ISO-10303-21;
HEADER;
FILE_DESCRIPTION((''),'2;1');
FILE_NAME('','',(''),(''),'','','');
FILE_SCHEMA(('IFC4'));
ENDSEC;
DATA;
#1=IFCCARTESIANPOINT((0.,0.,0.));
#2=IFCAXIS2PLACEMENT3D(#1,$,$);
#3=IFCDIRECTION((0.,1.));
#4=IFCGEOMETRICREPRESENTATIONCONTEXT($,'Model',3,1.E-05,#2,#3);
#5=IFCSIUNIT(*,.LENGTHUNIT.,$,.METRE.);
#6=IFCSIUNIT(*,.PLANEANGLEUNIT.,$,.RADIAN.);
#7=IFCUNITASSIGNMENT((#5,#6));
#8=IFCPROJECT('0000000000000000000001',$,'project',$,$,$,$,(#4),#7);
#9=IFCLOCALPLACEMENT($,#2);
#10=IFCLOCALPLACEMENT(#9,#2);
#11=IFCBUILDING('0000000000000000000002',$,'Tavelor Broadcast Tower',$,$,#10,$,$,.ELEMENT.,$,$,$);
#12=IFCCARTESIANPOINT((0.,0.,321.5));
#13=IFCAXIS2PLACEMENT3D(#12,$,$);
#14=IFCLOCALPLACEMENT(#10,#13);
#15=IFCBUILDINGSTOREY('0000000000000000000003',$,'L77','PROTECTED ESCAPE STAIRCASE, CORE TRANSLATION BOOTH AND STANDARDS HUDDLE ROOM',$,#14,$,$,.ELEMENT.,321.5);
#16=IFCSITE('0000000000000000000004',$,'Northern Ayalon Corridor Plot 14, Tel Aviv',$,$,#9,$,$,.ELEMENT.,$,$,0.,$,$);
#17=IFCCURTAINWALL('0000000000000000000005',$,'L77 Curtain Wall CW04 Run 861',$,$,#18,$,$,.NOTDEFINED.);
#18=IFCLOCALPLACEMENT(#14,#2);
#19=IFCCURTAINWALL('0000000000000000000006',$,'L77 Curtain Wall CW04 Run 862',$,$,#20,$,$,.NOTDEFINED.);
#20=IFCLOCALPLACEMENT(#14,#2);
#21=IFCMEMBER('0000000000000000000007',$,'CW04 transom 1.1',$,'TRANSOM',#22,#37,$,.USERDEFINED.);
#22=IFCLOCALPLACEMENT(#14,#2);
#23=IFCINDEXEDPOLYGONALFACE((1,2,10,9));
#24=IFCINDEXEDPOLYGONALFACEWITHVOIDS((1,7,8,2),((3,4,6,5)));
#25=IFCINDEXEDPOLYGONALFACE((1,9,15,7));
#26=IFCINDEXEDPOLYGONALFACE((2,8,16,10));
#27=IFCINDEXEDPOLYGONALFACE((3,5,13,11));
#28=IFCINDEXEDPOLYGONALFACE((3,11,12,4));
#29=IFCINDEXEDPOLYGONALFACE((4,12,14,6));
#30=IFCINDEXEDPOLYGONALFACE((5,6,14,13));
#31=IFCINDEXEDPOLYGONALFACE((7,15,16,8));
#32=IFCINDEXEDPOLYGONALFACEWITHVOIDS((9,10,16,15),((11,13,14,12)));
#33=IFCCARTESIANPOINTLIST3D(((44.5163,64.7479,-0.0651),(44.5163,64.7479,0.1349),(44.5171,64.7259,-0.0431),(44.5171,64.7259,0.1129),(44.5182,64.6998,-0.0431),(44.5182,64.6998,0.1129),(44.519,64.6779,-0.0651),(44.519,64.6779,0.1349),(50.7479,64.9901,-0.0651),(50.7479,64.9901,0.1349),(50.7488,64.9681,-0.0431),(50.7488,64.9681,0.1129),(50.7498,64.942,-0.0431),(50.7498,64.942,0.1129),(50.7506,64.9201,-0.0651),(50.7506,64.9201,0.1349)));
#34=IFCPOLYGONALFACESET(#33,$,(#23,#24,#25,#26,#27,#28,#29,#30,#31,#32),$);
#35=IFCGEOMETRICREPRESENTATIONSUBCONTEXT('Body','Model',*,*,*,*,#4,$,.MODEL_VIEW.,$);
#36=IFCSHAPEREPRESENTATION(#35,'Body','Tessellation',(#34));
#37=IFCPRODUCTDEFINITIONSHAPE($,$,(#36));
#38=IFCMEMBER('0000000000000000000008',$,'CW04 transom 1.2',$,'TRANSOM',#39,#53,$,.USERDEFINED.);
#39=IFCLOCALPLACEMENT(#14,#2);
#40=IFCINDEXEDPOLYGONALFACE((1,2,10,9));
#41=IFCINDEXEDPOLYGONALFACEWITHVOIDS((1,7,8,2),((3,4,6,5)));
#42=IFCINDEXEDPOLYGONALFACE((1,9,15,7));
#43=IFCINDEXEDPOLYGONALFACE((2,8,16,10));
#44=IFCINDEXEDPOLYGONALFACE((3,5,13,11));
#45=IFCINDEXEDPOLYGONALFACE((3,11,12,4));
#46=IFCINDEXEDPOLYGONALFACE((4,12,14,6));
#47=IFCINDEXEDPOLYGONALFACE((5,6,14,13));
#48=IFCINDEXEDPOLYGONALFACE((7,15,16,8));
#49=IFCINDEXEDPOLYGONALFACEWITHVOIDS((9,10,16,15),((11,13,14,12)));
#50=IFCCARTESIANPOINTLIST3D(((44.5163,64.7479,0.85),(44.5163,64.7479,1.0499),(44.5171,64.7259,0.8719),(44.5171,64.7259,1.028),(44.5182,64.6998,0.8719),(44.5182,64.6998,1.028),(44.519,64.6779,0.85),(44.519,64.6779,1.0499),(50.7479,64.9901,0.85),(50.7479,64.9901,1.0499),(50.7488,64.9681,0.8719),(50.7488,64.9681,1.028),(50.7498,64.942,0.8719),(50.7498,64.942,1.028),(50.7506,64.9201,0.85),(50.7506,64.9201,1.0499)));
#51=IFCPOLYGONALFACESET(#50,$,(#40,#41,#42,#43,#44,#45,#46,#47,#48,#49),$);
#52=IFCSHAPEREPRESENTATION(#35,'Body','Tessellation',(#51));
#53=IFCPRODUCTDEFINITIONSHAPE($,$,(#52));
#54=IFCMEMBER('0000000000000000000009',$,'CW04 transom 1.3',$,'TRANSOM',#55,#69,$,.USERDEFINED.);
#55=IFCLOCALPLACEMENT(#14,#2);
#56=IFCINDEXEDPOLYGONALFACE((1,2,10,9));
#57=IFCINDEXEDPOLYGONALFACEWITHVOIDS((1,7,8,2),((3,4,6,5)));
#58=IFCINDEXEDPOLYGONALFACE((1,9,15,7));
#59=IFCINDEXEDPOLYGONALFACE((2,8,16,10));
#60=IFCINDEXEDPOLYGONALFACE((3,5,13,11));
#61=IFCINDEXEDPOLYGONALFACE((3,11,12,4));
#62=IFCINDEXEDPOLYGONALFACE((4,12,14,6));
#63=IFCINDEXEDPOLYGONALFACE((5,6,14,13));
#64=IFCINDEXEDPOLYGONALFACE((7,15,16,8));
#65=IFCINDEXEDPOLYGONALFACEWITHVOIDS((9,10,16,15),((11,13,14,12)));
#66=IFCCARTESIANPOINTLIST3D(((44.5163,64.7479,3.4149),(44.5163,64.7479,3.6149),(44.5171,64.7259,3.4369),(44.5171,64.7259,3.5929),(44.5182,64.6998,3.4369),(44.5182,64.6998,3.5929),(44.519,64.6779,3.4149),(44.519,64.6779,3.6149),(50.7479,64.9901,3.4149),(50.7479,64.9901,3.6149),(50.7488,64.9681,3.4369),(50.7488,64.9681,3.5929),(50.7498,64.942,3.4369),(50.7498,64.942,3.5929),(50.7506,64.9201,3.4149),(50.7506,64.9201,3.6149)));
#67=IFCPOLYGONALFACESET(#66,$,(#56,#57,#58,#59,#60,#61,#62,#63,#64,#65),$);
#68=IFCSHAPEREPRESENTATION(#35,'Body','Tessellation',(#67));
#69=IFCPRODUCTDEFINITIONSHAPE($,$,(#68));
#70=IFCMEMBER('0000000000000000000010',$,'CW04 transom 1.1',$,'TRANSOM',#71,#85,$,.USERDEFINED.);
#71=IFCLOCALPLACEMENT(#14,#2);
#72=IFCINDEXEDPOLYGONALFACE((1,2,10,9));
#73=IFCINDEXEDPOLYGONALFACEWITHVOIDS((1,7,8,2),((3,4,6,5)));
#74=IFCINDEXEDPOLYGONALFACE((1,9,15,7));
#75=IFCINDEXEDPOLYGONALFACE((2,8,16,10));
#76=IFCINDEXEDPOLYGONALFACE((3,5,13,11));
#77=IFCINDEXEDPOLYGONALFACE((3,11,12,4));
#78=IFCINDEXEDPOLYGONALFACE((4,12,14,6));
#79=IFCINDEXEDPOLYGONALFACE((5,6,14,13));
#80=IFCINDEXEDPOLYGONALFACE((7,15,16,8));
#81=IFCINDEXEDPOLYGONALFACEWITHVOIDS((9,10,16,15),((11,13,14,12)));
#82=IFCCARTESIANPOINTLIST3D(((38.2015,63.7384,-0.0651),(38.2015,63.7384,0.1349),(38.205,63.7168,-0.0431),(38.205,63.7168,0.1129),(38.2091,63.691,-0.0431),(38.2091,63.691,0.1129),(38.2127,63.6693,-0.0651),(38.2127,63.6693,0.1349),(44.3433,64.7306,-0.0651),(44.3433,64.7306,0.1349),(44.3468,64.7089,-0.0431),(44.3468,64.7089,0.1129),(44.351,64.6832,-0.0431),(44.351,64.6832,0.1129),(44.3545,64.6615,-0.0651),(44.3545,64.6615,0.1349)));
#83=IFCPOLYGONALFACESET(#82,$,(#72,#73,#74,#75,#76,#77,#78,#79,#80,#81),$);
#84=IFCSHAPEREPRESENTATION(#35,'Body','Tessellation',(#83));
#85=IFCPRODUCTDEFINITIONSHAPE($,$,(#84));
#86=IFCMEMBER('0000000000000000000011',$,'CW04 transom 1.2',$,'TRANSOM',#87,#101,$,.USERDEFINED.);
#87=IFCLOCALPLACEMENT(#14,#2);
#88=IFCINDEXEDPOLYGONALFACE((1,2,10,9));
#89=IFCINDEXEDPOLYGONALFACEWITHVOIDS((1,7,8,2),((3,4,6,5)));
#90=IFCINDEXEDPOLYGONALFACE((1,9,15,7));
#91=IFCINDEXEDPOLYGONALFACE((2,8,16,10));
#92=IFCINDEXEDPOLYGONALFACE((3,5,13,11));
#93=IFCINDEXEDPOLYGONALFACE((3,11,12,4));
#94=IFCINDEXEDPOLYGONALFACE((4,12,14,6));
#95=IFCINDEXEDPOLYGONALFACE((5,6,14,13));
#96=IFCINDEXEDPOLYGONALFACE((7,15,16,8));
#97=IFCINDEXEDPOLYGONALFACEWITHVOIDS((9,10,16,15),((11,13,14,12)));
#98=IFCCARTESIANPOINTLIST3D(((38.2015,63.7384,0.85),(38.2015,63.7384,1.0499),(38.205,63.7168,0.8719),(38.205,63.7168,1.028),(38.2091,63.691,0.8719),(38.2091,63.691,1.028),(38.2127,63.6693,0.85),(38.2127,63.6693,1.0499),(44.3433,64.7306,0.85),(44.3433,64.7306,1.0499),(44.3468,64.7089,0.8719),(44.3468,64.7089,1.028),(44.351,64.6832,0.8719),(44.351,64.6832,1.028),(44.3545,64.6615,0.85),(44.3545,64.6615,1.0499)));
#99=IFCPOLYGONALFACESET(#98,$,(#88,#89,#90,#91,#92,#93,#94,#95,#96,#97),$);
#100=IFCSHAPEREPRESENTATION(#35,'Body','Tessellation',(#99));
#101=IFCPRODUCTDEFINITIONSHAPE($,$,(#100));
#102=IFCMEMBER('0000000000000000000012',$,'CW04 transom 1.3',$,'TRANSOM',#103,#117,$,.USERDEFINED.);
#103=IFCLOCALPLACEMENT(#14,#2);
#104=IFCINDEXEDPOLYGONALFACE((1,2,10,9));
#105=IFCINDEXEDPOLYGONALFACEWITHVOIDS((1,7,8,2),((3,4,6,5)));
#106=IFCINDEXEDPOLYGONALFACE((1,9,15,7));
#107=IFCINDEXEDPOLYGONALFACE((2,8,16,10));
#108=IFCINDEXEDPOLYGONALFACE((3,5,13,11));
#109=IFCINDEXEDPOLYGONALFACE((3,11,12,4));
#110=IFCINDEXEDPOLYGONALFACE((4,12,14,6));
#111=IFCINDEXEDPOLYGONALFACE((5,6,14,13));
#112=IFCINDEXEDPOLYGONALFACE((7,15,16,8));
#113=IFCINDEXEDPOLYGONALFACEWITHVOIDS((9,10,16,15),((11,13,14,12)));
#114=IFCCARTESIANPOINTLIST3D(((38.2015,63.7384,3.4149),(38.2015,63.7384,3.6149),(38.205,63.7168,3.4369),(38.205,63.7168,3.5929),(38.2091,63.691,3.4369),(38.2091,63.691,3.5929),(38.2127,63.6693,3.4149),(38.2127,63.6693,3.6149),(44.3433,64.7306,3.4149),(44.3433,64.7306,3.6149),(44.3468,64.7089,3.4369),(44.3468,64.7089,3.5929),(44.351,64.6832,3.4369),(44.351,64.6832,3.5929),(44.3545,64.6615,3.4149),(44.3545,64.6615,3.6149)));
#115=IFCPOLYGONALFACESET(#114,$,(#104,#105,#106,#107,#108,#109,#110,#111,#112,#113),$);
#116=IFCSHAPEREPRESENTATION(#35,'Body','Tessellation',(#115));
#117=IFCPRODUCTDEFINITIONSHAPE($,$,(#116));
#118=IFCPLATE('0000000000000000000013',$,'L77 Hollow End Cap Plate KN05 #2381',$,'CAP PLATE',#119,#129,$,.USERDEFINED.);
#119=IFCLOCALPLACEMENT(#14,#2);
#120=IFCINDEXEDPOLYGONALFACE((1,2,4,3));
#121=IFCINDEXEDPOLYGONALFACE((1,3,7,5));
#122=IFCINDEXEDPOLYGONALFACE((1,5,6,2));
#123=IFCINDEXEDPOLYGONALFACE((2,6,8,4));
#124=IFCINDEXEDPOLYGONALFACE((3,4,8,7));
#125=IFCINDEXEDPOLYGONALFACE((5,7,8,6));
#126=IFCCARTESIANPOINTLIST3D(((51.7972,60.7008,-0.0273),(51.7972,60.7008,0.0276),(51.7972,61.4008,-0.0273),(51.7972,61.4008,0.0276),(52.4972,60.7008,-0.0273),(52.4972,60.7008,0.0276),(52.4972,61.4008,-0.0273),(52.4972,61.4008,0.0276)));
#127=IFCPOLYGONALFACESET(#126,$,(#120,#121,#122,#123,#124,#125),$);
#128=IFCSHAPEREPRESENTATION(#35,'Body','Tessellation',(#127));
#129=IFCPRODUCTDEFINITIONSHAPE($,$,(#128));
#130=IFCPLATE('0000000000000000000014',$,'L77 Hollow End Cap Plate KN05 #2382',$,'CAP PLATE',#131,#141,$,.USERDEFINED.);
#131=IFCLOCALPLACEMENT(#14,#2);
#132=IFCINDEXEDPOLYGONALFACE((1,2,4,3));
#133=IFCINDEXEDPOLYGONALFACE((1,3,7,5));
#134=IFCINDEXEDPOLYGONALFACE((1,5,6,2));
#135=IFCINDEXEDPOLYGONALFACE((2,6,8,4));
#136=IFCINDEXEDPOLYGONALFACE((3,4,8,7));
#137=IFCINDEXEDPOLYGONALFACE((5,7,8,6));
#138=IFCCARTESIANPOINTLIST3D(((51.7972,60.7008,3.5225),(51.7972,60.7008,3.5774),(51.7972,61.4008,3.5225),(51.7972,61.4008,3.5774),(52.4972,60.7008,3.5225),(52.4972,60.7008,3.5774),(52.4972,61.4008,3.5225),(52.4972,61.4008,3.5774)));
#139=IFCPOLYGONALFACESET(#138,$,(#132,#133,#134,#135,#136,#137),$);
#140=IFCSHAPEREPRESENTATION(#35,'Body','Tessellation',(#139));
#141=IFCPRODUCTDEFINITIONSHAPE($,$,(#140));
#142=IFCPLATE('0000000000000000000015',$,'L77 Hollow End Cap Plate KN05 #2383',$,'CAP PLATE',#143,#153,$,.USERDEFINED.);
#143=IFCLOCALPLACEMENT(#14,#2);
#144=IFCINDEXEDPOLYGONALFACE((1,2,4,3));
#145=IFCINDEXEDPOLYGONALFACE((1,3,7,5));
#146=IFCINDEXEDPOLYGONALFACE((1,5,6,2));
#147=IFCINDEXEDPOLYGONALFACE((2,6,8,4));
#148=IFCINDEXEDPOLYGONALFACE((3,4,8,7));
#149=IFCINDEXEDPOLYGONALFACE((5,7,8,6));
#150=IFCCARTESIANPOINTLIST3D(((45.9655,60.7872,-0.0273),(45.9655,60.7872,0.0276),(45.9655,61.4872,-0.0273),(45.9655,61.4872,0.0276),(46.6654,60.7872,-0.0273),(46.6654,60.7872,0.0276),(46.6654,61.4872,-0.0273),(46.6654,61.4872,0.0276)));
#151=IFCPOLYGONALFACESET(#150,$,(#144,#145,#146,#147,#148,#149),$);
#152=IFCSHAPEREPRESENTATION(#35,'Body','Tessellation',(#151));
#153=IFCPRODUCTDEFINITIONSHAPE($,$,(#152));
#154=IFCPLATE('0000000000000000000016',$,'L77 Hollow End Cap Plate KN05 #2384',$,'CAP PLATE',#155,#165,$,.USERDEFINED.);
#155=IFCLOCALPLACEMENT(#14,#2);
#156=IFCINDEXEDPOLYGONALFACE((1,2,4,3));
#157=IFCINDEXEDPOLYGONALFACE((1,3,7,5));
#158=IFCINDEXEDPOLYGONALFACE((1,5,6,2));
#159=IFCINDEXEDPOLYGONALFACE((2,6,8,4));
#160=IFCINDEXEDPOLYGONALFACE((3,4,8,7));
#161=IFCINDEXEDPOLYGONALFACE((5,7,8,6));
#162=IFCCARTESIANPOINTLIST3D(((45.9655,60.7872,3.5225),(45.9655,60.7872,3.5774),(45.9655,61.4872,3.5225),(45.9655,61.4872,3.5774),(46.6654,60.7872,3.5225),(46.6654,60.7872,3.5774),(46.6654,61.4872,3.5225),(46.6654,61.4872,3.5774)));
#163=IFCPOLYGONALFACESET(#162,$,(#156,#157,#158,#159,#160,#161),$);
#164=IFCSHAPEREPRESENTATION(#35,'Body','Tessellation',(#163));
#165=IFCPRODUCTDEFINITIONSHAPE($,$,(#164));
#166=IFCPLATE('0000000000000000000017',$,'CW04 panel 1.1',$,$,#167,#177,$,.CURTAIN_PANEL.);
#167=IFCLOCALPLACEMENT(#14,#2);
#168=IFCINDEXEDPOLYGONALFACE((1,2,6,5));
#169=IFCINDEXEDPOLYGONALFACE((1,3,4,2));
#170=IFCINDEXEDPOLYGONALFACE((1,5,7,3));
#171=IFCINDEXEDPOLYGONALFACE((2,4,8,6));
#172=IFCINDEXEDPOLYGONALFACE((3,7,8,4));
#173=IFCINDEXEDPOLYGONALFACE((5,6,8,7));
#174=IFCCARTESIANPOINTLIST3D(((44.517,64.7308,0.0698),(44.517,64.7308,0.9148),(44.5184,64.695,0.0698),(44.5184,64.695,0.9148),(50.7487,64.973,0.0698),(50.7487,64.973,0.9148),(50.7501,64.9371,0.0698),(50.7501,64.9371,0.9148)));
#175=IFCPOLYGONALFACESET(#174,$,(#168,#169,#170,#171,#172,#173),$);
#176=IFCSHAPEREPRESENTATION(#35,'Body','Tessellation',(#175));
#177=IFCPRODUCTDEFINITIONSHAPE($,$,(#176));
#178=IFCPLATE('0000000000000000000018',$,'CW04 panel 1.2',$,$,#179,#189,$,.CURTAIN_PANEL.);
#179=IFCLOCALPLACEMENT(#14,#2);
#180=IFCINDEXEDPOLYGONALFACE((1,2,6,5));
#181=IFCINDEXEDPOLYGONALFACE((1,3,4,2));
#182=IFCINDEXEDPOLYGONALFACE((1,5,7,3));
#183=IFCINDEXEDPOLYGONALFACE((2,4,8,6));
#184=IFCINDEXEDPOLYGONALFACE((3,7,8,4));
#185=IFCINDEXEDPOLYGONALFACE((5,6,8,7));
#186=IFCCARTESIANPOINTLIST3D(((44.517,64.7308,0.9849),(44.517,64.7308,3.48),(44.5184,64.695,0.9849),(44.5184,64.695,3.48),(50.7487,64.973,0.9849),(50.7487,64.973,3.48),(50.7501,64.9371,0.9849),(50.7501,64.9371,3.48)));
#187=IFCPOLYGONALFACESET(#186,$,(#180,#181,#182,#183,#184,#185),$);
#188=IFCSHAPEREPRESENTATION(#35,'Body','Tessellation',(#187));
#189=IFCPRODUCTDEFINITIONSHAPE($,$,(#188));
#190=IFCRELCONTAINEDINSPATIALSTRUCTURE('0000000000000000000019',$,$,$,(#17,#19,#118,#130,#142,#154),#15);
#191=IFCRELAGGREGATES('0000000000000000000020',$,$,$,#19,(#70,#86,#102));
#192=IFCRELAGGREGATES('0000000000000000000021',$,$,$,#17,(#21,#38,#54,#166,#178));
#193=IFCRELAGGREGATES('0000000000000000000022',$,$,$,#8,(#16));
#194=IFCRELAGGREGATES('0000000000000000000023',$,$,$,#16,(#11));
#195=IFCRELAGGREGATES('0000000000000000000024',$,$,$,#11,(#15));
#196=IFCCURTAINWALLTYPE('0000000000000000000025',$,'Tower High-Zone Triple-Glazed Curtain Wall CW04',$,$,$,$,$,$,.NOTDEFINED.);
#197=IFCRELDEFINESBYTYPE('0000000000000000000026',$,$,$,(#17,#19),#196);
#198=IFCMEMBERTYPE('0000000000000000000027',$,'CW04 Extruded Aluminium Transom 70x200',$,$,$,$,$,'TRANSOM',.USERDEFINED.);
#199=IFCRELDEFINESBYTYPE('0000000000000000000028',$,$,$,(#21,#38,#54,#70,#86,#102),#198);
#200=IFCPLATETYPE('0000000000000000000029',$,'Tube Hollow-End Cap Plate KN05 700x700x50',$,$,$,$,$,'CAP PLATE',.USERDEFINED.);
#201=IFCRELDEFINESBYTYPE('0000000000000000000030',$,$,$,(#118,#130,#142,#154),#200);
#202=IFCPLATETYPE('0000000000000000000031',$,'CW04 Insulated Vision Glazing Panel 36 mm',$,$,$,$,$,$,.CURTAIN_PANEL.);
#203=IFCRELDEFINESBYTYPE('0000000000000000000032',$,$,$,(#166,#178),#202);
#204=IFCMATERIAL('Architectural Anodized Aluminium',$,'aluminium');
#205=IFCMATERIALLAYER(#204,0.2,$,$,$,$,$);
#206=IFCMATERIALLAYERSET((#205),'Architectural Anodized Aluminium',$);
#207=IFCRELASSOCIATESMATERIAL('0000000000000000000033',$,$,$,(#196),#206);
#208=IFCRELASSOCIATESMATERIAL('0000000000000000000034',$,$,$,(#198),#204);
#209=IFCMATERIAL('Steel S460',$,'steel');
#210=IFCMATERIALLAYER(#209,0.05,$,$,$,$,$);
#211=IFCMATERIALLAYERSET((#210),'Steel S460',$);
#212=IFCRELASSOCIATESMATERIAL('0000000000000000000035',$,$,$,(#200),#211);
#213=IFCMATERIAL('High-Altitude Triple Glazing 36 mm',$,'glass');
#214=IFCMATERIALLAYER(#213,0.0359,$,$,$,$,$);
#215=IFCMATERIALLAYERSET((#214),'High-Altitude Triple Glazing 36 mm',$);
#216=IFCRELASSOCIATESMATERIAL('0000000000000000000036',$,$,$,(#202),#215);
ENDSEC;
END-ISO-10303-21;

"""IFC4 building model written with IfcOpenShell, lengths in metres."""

from ifc_helpers import new_model, si_unit, direction, frame, origin, origin_2d, place, context, subcontext, project, spatial, rectangle, hollow_rectangle, extrude, source, transform, mapped, material, layer, layer_set, material_profile, profile_set, type_object, type_shapes, element, aggregate, save


model = new_model("IFC4")

# Units and contexts
model_context = context("Model", 3, precision=1e-05, world=origin(), true_north=direction((0.0, 1.0)))
body_context = subcontext(model_context, "Body", "Model", "MODEL_VIEW")
ifc_project = project(units=[si_unit("LENGTHUNIT", "METRE"), si_unit("PLANEANGLEUNIT", "RADIAN")], contexts=[model_context])

# Site, building, storey
site_placement = place(None, origin())
site = spatial("IfcSite", under=ifc_project, at=site_placement, Name="Northern Ayalon Corridor Plot 14, Tel Aviv", CompositionType="ELEMENT", RefElevation=0.0)
building_placement = place(site_placement, origin())
building = spatial("IfcBuilding", under=site, at=building_placement, Name="Tavelor Broadcast Tower", CompositionType="ELEMENT")
storey_placement = place(building_placement, frame((0.0, 0.0, 321.5)))
storey = spatial("IfcBuildingStorey", under=building, at=storey_placement, Name="L77", Description="PROTECTED ESCAPE STAIRCASE, CORE TRANSLATION BOOTH AND STANDARDS HUDDLE ROOM", CompositionType="ELEMENT", Elevation=321.5)

# Shared definitions
ifc_material_1 = material(Name="Steel S460", Category="steel")

# Curtain wall
ifc_material_2 = material(Name="Architectural Anodized Aluminium", Category="aluminium")
ifc_layer_1 = layer(ifc_material_2, 0.2)
ifc_layer_set_1 = layer_set([ifc_layer_1], Name="Architectural Anodized Aluminium")
curtain_wall_type = type_object("IfcCurtainWallType", Name="Tower High-Zone Triple-Glazed Curtain Wall CW04", PredefinedType="NOTDEFINED", material=ifc_layer_set_1)
curtain_wall_1_placement = place(storey_placement, origin())
curtain_wall_1 = element("IfcCurtainWall", 1, at=curtain_wall_1_placement, inside=storey, type_object=curtain_wall_type, Name="L77 Curtain Wall CW04 Run 861", PredefinedType="NOTDEFINED")

# Curtain wall
curtain_wall_2_placement = place(storey_placement, origin())
curtain_wall_2 = element("IfcCurtainWall", 2, at=curtain_wall_2_placement, inside=storey, type_object=curtain_wall_type, Name="L77 Curtain Wall CW04 Run 862", PredefinedType="NOTDEFINED")

# Members
ifc_material_profile_1 = material_profile(ifc_material_2, hollow_rectangle(XDim=0.0701, YDim=0.2, WallThickness=0.022, at=origin_2d()), Name="RHS 70x200x22")
ifc_profile_set_1 = profile_set([ifc_material_profile_1], Name="Architectural Anodized Aluminium")
member_type_1 = type_object("IfcMemberType", Name="CW04 Extruded Aluminium Transom 70x200", ElementType="TRANSOM", PredefinedType="USERDEFINED", material=ifc_profile_set_1)
shared_shape_1 = source(origin(), body_context, "Body", "SweptSolid", [
    extrude(hollow_rectangle(XDim=0.0701, YDim=0.2, WallThickness=0.022, at=origin_2d()), origin(), (0.0, 0.0, 1.0), 6.2363),
])
member_1_placement = place(storey_placement, frame((50.7493, 64.9551, 0.0349), z_axis=(-0.999246, -0.038835, 0.0), x_axis=(0.038835, -0.999246, 0.0)))
member_1 = element("IfcMember", 3, at=member_1_placement, type_object=member_type_1, Name="CW04 transom 1.1", ObjectType="TRANSOM", PredefinedType="USERDEFINED", context=body_context, shape_type="MappedRepresentation", body=[
    mapped(shared_shape_1, transform((0.0, 0.0, 0.0), scale=1.0)),
])
member_2_placement = place(storey_placement, frame((50.7493, 64.9551, 0.95), z_axis=(-0.999246, -0.038835, 0.0), x_axis=(0.038835, -0.999246, 0.0)))
member_2 = element("IfcMember", 4, at=member_2_placement, type_object=member_type_1, Name="CW04 transom 1.2", ObjectType="TRANSOM", PredefinedType="USERDEFINED", context=body_context, shape_type="MappedRepresentation", body=[
    mapped(shared_shape_1, transform((0.0, 0.0, 0.0), scale=1.0)),
])
member_3_placement = place(storey_placement, frame((50.7493, 64.9551, 3.5149), z_axis=(-0.999246, -0.038835, 0.0), x_axis=(0.038835, -0.999246, 0.0)))
member_3 = element("IfcMember", 5, at=member_3_placement, type_object=member_type_1, Name="CW04 transom 1.3", ObjectType="TRANSOM", PredefinedType="USERDEFINED", context=body_context, shape_type="MappedRepresentation", body=[
    mapped(shared_shape_1, transform((0.0, 0.0, 0.0), scale=1.0)),
])
shared_shape_2 = source(origin(), body_context, "Body", "SweptSolid", [
    extrude(hollow_rectangle(XDim=0.0701, YDim=0.2, WallThickness=0.022, at=origin_2d()), origin(), (0.0, 0.0, 1.0), 6.2214),
])
type_shapes(member_type_1, [shared_shape_1, shared_shape_2])
member_4_placement = place(storey_placement, frame((44.3489, 64.696, 0.0349), z_axis=(-0.987201, -0.159478, 0.0), x_axis=(0.159478, -0.987201, 0.0)))
member_4 = element("IfcMember", 6, at=member_4_placement, type_object=member_type_1, Name="CW04 transom 1.1", ObjectType="TRANSOM", PredefinedType="USERDEFINED", context=body_context, shape_type="MappedRepresentation", body=[
    mapped(shared_shape_2, transform((0.0, 0.0, 0.0), scale=1.0)),
])
member_5_placement = place(storey_placement, frame((44.3489, 64.696, 0.95), z_axis=(-0.987201, -0.159478, 0.0), x_axis=(0.159478, -0.987201, 0.0)))
member_5 = element("IfcMember", 7, at=member_5_placement, type_object=member_type_1, Name="CW04 transom 1.2", ObjectType="TRANSOM", PredefinedType="USERDEFINED", context=body_context, shape_type="MappedRepresentation", body=[
    mapped(shared_shape_2, transform((0.0, 0.0, 0.0), scale=1.0)),
])
member_6_placement = place(storey_placement, frame((44.3489, 64.696, 3.5149), z_axis=(-0.987201, -0.159478, 0.0), x_axis=(0.159478, -0.987201, 0.0)))
member_6 = element("IfcMember", 8, at=member_6_placement, type_object=member_type_1, Name="CW04 transom 1.3", ObjectType="TRANSOM", PredefinedType="USERDEFINED", context=body_context, shape_type="MappedRepresentation", body=[
    mapped(shared_shape_2, transform((0.0, 0.0, 0.0), scale=1.0)),
])
aggregate(curtain_wall_2, [member_4, member_5, member_6])

# Plates
ifc_layer_2 = layer(ifc_material_1, 0.05)
ifc_layer_set_2 = layer_set([ifc_layer_2], Name="Steel S460")
plate_type_1 = type_object("IfcPlateType", Name="Tube Hollow-End Cap Plate KN05 700x700x50", ElementType="CAP PLATE", PredefinedType="USERDEFINED", material=ifc_layer_set_2)
shared_shape_3 = source(origin(), body_context, "Body", "SweptSolid", [
    extrude(rectangle(XDim=0.7, YDim=0.7, at=origin_2d()), origin(), (0.0, 0.0, 1.0), 0.0549),
])
type_shapes(plate_type_1, [shared_shape_3])
for number, where, z_axis, x_axis, name in (
    (9, (52.1472, 61.0508, -0.0273), (0.0, 0.0, 1.0), (1.0, 0.0, 0.0), "L77 Hollow End Cap Plate KN05 #2381"),
    (10, (52.1472, 61.0508, 3.5225), (0.0, 0.0, 1.0), (1.0, 0.0, 0.0), "L77 Hollow End Cap Plate KN05 #2382"),
    (11, (46.3154, 61.1372, -0.0273), (0.0, 0.0, 1.0), (1.0, 0.0, 0.0), "L77 Hollow End Cap Plate KN05 #2383"),
    (12, (46.3154, 61.1372, 3.5225), (0.0, 0.0, 1.0), (1.0, 0.0, 0.0), "L77 Hollow End Cap Plate KN05 #2384"),
):
    element("IfcPlate", number, at=place(storey_placement, frame(where, z_axis=z_axis, x_axis=x_axis)), inside=storey, type_object=plate_type_1, Name=name, ObjectType="CAP PLATE", PredefinedType="USERDEFINED", context=body_context, shape_type="MappedRepresentation", body=[
        mapped(shared_shape_3, transform((0.0, 0.0, 0.0), scale=1.0)),
    ])

# Plates
ifc_material_3 = material(Name="High-Altitude Triple Glazing 36 mm", Category="glass")
ifc_layer_3 = layer(ifc_material_3, 0.0359)
ifc_layer_set_3 = layer_set([ifc_layer_3], Name="High-Altitude Triple Glazing 36 mm")
plate_type_2 = type_object("IfcPlateType", Name="CW04 Insulated Vision Glazing Panel 36 mm", PredefinedType="CURTAIN_PANEL", material=ifc_layer_set_3)
shared_shape_4 = source(origin(), body_context, "Body", "SweptSolid", [
    extrude(rectangle(XDim=6.2363, YDim=0.0359, at=origin_2d()), origin(), (0.0, 0.0, 1.0), 0.845),
])
plate_1_placement = place(storey_placement, frame((47.6335, 64.834, 0.0698), z_axis=(0.0, 0.0, 1.0), x_axis=(-0.999246, -0.038831, 0.0)))
plate_1 = element("IfcPlate", 13, at=plate_1_placement, type_object=plate_type_2, Name="CW04 panel 1.1", PredefinedType="CURTAIN_PANEL", context=body_context, shape_type="MappedRepresentation", body=[
    mapped(shared_shape_4, transform((0.0, 0.0, 0.0), scale=1.0)),
])
shared_shape_5 = source(origin(), body_context, "Body", "SweptSolid", [
    extrude(rectangle(XDim=6.2363, YDim=0.0359, at=origin_2d()), origin(), (0.0, 0.0, 1.0), 2.4951),
])
type_shapes(plate_type_2, [shared_shape_4, shared_shape_5])
plate_2_placement = place(storey_placement, frame((47.6335, 64.834, 0.9849), z_axis=(0.0, 0.0, 1.0), x_axis=(-0.999246, -0.038831, 0.0)))
plate_2 = element("IfcPlate", 14, at=plate_2_placement, type_object=plate_type_2, Name="CW04 panel 1.2", PredefinedType="CURTAIN_PANEL", context=body_context, shape_type="MappedRepresentation", body=[
    mapped(shared_shape_5, transform((0.0, 0.0, 0.0), scale=1.0)),
])
aggregate(curtain_wall_1, [member_1, member_2, member_3, plate_1, plate_2])

save(model, "model.ifc")
